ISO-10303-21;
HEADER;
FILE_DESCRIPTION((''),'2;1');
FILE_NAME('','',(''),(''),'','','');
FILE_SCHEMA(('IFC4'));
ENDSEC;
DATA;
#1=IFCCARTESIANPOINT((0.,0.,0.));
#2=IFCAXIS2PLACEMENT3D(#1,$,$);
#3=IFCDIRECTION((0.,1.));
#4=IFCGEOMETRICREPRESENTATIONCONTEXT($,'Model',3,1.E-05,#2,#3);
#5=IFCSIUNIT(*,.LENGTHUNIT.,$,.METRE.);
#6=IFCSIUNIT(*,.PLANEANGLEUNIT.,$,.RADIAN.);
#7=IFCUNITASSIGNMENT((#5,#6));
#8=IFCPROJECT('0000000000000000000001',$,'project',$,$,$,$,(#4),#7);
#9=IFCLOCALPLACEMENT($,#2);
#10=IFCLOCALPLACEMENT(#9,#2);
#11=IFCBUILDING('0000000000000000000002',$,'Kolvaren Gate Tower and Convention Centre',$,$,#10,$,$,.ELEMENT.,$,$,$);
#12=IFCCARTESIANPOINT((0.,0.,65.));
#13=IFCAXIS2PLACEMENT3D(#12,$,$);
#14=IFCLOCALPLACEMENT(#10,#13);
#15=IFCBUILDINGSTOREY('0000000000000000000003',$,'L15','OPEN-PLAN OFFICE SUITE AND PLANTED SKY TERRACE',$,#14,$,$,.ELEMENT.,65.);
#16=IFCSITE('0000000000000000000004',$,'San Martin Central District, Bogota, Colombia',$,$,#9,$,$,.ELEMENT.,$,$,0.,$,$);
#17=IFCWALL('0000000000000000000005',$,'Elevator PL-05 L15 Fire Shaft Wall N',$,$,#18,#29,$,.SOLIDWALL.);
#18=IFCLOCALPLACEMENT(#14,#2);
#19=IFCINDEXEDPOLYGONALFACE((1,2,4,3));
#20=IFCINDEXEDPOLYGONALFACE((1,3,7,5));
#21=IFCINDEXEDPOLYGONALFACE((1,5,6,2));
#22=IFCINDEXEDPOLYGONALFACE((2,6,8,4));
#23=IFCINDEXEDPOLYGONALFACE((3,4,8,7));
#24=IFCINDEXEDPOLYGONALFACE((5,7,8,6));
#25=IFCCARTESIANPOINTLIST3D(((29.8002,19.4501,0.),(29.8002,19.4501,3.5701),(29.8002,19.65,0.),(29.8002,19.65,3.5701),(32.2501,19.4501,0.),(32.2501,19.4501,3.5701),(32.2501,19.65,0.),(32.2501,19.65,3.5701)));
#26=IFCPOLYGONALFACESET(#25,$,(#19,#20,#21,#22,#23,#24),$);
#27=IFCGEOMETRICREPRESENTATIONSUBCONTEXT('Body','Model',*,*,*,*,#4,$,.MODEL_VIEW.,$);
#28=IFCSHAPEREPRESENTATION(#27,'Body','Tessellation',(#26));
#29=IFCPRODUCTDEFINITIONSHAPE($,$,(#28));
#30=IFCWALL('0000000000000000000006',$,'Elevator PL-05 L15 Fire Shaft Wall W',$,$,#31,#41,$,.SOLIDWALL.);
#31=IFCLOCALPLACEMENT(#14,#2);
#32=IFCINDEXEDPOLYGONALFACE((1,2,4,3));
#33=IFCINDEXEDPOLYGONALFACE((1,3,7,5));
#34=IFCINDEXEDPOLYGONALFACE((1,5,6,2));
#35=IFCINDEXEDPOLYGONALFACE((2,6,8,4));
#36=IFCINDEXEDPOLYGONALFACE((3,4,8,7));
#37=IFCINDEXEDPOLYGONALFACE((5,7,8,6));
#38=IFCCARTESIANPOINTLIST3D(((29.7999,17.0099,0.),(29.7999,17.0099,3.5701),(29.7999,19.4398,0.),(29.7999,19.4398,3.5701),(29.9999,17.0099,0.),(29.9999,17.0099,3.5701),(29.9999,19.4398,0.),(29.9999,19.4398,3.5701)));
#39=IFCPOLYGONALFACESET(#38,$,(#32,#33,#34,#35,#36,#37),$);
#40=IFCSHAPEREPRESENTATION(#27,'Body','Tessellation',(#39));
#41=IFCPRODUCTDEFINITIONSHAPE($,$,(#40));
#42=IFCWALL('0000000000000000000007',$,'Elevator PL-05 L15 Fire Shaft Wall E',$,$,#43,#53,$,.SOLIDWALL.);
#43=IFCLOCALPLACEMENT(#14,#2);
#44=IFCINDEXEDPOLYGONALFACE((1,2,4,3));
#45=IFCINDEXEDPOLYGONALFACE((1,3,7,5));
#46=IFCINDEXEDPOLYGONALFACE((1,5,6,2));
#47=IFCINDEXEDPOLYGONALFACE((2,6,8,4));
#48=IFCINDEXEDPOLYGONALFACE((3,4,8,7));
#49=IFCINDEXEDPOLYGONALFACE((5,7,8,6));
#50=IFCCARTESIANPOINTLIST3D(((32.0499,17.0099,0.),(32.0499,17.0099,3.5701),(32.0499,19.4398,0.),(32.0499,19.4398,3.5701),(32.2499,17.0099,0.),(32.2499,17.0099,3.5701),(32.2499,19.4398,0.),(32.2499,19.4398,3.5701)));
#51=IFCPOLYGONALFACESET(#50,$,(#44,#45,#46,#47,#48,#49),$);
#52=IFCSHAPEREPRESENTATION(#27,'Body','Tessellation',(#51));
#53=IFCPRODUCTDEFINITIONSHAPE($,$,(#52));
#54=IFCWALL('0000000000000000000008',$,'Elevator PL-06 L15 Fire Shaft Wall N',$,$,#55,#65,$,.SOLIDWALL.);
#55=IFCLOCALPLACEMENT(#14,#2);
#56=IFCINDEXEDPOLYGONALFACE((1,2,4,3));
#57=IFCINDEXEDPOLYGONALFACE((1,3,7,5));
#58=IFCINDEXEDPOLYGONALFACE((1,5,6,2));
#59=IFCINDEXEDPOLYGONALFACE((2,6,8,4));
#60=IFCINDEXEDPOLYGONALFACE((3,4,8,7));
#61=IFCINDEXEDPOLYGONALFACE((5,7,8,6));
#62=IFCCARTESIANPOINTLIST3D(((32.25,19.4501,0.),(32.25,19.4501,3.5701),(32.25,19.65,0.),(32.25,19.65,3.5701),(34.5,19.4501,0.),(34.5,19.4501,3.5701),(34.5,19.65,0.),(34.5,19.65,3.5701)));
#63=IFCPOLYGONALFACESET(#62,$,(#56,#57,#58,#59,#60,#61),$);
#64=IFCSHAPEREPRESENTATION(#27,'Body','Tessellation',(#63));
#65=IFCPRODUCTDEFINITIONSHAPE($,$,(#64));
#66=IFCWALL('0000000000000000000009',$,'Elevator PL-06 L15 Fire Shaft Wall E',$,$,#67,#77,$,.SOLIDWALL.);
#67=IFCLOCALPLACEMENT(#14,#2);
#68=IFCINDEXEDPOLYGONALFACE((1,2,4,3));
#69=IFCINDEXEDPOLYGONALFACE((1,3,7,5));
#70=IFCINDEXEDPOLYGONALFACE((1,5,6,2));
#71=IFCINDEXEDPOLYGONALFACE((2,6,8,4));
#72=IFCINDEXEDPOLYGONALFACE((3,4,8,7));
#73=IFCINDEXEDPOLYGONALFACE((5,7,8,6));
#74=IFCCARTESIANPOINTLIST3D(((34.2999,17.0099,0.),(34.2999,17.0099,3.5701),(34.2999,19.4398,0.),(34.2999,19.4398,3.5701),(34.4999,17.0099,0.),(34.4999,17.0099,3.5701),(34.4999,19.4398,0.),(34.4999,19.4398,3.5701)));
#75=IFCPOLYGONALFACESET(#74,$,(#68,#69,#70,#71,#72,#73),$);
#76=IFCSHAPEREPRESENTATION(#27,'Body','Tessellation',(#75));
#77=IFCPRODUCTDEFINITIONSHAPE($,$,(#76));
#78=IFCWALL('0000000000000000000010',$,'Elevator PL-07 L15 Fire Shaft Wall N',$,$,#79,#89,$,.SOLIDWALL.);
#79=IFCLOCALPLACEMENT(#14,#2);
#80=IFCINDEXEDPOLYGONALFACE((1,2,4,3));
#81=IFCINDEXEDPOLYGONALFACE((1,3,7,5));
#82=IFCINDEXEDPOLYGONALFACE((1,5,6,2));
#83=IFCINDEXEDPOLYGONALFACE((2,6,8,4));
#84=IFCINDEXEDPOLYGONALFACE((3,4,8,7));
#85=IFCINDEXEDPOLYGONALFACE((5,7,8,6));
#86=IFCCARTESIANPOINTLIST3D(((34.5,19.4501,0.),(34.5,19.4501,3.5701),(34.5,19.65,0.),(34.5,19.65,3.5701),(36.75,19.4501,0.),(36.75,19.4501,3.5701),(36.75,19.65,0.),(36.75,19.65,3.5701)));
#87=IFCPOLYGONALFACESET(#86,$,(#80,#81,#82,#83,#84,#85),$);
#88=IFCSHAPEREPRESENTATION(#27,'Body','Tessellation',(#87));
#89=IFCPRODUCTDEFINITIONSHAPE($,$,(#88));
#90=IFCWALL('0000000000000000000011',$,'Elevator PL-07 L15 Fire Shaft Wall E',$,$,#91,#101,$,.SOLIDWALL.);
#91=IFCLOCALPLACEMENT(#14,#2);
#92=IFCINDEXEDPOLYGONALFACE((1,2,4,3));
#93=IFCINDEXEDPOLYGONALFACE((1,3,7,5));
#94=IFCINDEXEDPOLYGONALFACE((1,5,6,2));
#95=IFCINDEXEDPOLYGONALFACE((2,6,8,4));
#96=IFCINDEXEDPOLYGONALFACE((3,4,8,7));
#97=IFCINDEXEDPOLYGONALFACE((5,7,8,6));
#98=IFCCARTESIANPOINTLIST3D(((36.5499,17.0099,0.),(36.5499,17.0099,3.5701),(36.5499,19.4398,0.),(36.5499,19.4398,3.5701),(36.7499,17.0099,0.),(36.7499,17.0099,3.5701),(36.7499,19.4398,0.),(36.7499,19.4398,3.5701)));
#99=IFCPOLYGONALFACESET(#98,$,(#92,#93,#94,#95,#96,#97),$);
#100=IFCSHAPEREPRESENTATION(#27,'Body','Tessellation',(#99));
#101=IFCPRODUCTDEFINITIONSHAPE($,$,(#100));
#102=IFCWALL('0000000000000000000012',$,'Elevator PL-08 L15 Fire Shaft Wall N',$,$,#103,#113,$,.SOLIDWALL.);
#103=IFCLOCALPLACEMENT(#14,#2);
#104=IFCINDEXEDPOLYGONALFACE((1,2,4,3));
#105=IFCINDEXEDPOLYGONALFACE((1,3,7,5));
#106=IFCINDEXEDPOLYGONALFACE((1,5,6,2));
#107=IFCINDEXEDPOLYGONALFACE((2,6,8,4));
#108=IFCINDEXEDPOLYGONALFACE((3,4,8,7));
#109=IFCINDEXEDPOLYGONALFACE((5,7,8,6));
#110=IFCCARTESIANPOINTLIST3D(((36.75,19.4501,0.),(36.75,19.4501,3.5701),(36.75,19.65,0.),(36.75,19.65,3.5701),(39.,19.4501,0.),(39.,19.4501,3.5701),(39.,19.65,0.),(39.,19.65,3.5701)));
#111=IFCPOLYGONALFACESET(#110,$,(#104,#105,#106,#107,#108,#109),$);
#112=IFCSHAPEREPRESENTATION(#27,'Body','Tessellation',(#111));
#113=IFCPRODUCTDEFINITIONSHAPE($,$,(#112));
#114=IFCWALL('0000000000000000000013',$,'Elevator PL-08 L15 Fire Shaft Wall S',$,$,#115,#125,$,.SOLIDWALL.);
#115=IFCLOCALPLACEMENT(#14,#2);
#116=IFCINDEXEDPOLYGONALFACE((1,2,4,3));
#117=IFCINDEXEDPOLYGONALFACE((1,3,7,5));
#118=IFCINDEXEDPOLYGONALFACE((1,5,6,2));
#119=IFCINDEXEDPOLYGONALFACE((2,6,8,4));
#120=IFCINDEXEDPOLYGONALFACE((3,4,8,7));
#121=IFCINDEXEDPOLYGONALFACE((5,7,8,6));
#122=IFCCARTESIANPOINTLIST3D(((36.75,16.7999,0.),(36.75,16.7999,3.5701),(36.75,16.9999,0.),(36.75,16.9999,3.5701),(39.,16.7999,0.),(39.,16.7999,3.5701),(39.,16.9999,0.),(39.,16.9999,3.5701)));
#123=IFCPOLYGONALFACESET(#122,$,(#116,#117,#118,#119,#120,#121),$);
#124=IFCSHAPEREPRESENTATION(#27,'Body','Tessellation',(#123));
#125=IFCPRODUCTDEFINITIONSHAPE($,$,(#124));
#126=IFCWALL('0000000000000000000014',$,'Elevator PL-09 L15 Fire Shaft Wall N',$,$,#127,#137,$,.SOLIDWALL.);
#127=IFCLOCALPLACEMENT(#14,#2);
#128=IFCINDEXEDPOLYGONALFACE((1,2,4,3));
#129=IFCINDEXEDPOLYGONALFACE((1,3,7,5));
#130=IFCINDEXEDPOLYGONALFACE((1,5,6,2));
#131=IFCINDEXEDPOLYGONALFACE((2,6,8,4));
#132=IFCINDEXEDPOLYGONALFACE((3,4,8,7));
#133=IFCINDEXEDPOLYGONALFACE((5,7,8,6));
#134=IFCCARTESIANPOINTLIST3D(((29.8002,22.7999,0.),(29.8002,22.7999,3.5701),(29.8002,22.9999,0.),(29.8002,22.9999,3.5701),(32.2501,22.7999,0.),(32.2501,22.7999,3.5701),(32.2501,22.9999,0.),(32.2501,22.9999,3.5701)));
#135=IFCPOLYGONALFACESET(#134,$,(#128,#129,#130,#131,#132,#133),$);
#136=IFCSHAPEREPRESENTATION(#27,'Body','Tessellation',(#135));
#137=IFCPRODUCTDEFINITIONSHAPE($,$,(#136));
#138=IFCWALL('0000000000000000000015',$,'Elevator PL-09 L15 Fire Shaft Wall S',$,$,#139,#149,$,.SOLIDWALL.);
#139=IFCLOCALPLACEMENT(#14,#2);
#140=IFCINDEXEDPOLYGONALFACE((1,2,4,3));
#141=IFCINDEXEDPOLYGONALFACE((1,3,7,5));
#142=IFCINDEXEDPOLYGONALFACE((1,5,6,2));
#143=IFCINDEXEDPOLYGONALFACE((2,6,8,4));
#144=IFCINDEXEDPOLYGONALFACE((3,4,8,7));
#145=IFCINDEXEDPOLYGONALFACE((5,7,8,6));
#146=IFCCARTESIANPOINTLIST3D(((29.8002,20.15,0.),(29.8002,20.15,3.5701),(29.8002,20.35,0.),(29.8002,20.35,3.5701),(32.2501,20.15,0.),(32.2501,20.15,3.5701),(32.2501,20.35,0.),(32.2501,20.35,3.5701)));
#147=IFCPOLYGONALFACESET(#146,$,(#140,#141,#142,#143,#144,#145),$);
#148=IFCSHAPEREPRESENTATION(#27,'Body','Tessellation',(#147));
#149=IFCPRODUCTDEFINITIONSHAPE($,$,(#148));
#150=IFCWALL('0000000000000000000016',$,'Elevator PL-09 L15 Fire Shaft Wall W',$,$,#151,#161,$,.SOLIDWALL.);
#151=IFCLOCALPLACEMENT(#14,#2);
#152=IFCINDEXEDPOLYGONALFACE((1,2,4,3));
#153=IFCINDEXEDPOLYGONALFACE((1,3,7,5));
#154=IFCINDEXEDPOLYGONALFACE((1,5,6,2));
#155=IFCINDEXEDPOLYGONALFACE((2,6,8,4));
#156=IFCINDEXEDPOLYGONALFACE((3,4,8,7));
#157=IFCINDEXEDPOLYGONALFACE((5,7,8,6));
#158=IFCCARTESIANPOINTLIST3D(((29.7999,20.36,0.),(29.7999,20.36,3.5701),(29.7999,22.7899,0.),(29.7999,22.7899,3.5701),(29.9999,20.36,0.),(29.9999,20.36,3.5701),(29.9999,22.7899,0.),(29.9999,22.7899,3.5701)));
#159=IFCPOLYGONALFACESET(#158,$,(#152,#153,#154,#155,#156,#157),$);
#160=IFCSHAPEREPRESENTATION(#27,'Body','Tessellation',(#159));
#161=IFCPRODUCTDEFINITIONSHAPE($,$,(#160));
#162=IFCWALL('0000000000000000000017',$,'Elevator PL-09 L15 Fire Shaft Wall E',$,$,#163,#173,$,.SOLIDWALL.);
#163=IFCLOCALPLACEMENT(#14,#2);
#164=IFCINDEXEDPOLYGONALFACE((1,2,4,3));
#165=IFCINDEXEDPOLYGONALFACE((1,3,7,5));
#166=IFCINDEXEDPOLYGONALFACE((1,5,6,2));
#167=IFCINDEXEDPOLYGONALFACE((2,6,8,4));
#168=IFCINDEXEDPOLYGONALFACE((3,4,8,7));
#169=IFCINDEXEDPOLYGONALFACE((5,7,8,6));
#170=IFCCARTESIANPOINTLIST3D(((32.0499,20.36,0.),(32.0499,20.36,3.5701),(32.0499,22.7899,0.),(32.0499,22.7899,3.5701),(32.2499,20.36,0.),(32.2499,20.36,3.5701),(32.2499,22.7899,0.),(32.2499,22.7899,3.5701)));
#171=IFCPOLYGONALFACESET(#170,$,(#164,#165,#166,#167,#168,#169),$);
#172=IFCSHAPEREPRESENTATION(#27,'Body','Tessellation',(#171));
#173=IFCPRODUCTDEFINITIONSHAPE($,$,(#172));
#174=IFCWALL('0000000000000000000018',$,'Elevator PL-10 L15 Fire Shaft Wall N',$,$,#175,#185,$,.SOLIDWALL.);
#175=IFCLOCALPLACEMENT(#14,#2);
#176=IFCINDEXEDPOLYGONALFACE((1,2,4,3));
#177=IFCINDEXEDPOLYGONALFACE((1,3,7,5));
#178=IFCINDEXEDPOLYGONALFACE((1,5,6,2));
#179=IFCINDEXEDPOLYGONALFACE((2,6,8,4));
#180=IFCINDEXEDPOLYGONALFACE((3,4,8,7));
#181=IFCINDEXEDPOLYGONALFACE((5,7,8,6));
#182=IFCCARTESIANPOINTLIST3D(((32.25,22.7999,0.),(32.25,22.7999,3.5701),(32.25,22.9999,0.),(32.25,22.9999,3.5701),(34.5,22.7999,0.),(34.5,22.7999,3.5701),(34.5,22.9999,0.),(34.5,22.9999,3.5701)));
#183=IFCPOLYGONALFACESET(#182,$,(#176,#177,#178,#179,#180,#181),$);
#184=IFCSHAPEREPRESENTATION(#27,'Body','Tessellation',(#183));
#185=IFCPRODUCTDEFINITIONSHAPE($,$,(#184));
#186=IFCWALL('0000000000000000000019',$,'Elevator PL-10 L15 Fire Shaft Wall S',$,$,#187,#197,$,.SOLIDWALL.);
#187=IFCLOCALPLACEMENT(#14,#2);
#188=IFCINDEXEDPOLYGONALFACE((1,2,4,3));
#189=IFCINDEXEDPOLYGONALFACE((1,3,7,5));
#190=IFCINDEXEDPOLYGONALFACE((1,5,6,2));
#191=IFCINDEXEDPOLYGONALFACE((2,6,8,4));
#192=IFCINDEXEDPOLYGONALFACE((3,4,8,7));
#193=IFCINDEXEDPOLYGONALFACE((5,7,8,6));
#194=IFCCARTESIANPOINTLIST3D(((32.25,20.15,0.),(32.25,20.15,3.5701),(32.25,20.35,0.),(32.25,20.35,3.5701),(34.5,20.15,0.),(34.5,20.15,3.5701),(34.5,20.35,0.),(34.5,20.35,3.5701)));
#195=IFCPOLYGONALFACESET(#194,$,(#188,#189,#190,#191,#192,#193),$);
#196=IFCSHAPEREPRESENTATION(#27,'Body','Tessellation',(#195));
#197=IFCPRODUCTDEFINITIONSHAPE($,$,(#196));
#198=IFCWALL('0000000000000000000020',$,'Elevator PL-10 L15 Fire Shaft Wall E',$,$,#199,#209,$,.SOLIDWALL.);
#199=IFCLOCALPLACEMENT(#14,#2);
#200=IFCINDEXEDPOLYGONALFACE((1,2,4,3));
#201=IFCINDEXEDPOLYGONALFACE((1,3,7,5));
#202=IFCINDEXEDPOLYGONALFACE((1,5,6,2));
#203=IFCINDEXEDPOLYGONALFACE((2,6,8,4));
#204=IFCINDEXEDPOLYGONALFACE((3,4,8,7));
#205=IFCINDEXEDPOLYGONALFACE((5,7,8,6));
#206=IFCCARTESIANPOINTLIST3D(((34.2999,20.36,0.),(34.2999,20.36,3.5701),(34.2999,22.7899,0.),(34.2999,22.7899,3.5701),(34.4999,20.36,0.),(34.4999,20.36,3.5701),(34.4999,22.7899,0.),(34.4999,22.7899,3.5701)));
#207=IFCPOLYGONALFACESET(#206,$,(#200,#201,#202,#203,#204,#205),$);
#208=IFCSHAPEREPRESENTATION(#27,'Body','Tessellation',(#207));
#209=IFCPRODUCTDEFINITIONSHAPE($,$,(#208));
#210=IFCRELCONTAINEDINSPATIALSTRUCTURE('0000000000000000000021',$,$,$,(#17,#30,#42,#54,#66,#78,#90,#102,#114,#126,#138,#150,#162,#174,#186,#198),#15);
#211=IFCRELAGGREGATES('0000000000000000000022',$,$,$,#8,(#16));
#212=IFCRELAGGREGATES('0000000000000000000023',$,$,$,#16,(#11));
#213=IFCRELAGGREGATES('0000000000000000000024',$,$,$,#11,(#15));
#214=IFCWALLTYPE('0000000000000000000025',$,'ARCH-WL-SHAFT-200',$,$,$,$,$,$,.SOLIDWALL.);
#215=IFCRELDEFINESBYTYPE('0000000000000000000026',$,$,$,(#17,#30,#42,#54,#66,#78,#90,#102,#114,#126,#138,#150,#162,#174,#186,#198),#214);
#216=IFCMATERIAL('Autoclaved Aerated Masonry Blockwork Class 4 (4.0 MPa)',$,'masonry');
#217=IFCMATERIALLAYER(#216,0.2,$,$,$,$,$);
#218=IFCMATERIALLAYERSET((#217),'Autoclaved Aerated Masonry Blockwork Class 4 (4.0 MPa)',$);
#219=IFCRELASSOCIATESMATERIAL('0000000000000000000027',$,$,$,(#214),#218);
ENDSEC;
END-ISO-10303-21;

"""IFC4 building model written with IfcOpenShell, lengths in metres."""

from ifc_helpers import new_model, si_unit, direction, frame, frame_2d, origin, place, context, subcontext, project, spatial, rectangle, extrude, material, layer, layer_set, type_object, element, save


model = new_model("IFC4")

# Units and contexts
model_context = context("Model", 3, precision=1e-05, world=origin(), true_north=direction((0.0, 1.0)))
body_context = subcontext(model_context, "Body", "Model", "MODEL_VIEW")
ifc_project = project(units=[si_unit("LENGTHUNIT", "METRE"), si_unit("PLANEANGLEUNIT", "RADIAN")], contexts=[model_context])

# Site, building, storey
site_placement = place(None, origin())
site = spatial("IfcSite", under=ifc_project, at=site_placement, Name="San Martin Central District, Bogota, Colombia", CompositionType="ELEMENT", RefElevation=0.0)
building_placement = place(site_placement, origin())
building = spatial("IfcBuilding", under=site, at=building_placement, Name="Kolvaren Gate Tower and Convention Centre", CompositionType="ELEMENT")
storey_placement = place(building_placement, frame((0.0, 0.0, 65.0)))
storey = spatial("IfcBuildingStorey", under=building, at=storey_placement, Name="L15", Description="OPEN-PLAN OFFICE SUITE AND PLANTED SKY TERRACE", CompositionType="ELEMENT", Elevation=65.0)

# Walls
ifc_material = material(Name="Autoclaved Aerated Masonry Blockwork Class 4 (4.0 MPa)", Category="masonry")
ifc_layer = layer(ifc_material, 0.2)
ifc_layer_set = layer_set([ifc_layer], Name="Autoclaved Aerated Masonry Blockwork Class 4 (4.0 MPa)")
wall_type = type_object("IfcWallType", Name="ARCH-WL-SHAFT-200", PredefinedType="SOLIDWALL", material=ifc_layer_set)
wall_1_placement = place(storey_placement, frame((29.8, 19.55, 0.0), z_axis=(0.0, 0.0, 1.0), x_axis=(1.0, 0.0, 0.0)))
element("IfcWall", 1, at=wall_1_placement, inside=storey, type_object=wall_type, Name="Elevator PL-05 L15 Fire Shaft Wall N", PredefinedType="SOLIDWALL", context=body_context, shape_type="SweptSolid", body=[
    extrude(rectangle(XDim=2.45, YDim=0.2, at=frame_2d((1.2251, 0.0))), origin(), (0.0, 0.0, 1.0), 3.5701),
])
for number, where, z_axis, x_axis, name in (
    (2, (29.8999, 17.01, 0.0), (0.0, 0.0, 1.0), (0.0, 1.0, 0.0), "Elevator PL-05 L15 Fire Shaft Wall W"),
    (3, (32.1499, 17.01, 0.0), (0.0, 0.0, 1.0), (0.0, 1.0, 0.0), "Elevator PL-05 L15 Fire Shaft Wall E"),
):
    element("IfcWall", number, at=place(storey_placement, frame(where, z_axis=z_axis, x_axis=x_axis)), inside=storey, type_object=wall_type, Name=name, PredefinedType="SOLIDWALL", context=body_context, shape_type="SweptSolid", body=[
        extrude(rectangle(XDim=2.4299, YDim=0.2, at=frame_2d((1.2148, 0.0))), origin(), (0.0, 0.0, 1.0), 3.5701),
    ])
wall_2_placement = place(storey_placement, frame((32.25, 19.55, 0.0), z_axis=(0.0, 0.0, 1.0), x_axis=(1.0, 0.0, 0.0)))
element("IfcWall", 4, at=wall_2_placement, inside=storey, type_object=wall_type, Name="Elevator PL-06 L15 Fire Shaft Wall N", PredefinedType="SOLIDWALL", context=body_context, shape_type="SweptSolid", body=[
    extrude(rectangle(XDim=2.25, YDim=0.2, at=frame_2d((1.125, 0.0))), origin(), (0.0, 0.0, 1.0), 3.5701),
])
wall_3_placement = place(storey_placement, frame((34.3999, 17.01, 0.0), z_axis=(0.0, 0.0, 1.0), x_axis=(0.0, 1.0, 0.0)))
element("IfcWall", 5, at=wall_3_placement, inside=storey, type_object=wall_type, Name="Elevator PL-06 L15 Fire Shaft Wall E", PredefinedType="SOLIDWALL", context=body_context, shape_type="SweptSolid", body=[
    extrude(rectangle(XDim=2.4299, YDim=0.2, at=frame_2d((1.2148, 0.0))), origin(), (0.0, 0.0, 1.0), 3.5701),
])
wall_4_placement = place(storey_placement, frame((34.5, 19.55, 0.0), z_axis=(0.0, 0.0, 1.0), x_axis=(1.0, 0.0, 0.0)))
element("IfcWall", 6, at=wall_4_placement, inside=storey, type_object=wall_type, Name="Elevator PL-07 L15 Fire Shaft Wall N", PredefinedType="SOLIDWALL", context=body_context, shape_type="SweptSolid", body=[
    extrude(rectangle(XDim=2.25, YDim=0.2, at=frame_2d((1.125, 0.0))), origin(), (0.0, 0.0, 1.0), 3.5701),
])
wall_5_placement = place(storey_placement, frame((36.6499, 17.01, 0.0), z_axis=(0.0, 0.0, 1.0), x_axis=(0.0, 1.0, 0.0)))
element("IfcWall", 7, at=wall_5_placement, inside=storey, type_object=wall_type, Name="Elevator PL-07 L15 Fire Shaft Wall E", PredefinedType="SOLIDWALL", context=body_context, shape_type="SweptSolid", body=[
    extrude(rectangle(XDim=2.4299, YDim=0.2, at=frame_2d((1.2148, 0.0))), origin(), (0.0, 0.0, 1.0), 3.5701),
])
for number, where, z_axis, x_axis, name in (
    (8, (36.75, 19.55, 0.0), (0.0, 0.0, 1.0), (1.0, 0.0, 0.0), "Elevator PL-08 L15 Fire Shaft Wall N"),
    (9, (36.75, 16.8999, 0.0), (0.0, 0.0, 1.0), (1.0, 0.0, 0.0), "Elevator PL-08 L15 Fire Shaft Wall S"),
):
    element("IfcWall", number, at=place(storey_placement, frame(where, z_axis=z_axis, x_axis=x_axis)), inside=storey, type_object=wall_type, Name=name, PredefinedType="SOLIDWALL", context=body_context, shape_type="SweptSolid", body=[
        extrude(rectangle(XDim=2.25, YDim=0.2, at=frame_2d((1.125, 0.0))), origin(), (0.0, 0.0, 1.0), 3.5701),
    ])
for number, where, z_axis, x_axis, name in (
    (10, (29.8, 22.8999, 0.0), (0.0, 0.0, 1.0), (1.0, 0.0, 0.0), "Elevator PL-09 L15 Fire Shaft Wall N"),
    (11, (29.8, 20.25, 0.0), (0.0, 0.0, 1.0), (1.0, 0.0, 0.0), "Elevator PL-09 L15 Fire Shaft Wall S"),
):
    element("IfcWall", number, at=place(storey_placement, frame(where, z_axis=z_axis, x_axis=x_axis)), inside=storey, type_object=wall_type, Name=name, PredefinedType="SOLIDWALL", context=body_context, shape_type="SweptSolid", body=[
        extrude(rectangle(XDim=2.45, YDim=0.2, at=frame_2d((1.2251, 0.0))), origin(), (0.0, 0.0, 1.0), 3.5701),
    ])
for number, where, z_axis, x_axis, name in (
    (12, (29.8999, 20.3601, 0.0), (0.0, 0.0, 1.0), (0.0, 1.0, 0.0), "Elevator PL-09 L15 Fire Shaft Wall W"),
    (13, (32.1499, 20.3601, 0.0), (0.0, 0.0, 1.0), (0.0, 1.0, 0.0), "Elevator PL-09 L15 Fire Shaft Wall E"),
):
    element("IfcWall", number, at=place(storey_placement, frame(where, z_axis=z_axis, x_axis=x_axis)), inside=storey, type_object=wall_type, Name=name, PredefinedType="SOLIDWALL", context=body_context, shape_type="SweptSolid", body=[
        extrude(rectangle(XDim=2.4299, YDim=0.2, at=frame_2d((1.2148, 0.0))), origin(), (0.0, 0.0, 1.0), 3.5701),
    ])
for number, where, z_axis, x_axis, name in (
    (14, (32.25, 22.8999, 0.0), (0.0, 0.0, 1.0), (1.0, 0.0, 0.0), "Elevator PL-10 L15 Fire Shaft Wall N"),
    (15, (32.25, 20.25, 0.0), (0.0, 0.0, 1.0), (1.0, 0.0, 0.0), "Elevator PL-10 L15 Fire Shaft Wall S"),
):
    element("IfcWall", number, at=place(storey_placement, frame(where, z_axis=z_axis, x_axis=x_axis)), inside=storey, type_object=wall_type, Name=name, PredefinedType="SOLIDWALL", context=body_context, shape_type="SweptSolid", body=[
        extrude(rectangle(XDim=2.25, YDim=0.2, at=frame_2d((1.125, 0.0))), origin(), (0.0, 0.0, 1.0), 3.5701),
    ])
wall_6_placement = place(storey_placement, frame((34.3999, 20.3601, 0.0), z_axis=(0.0, 0.0, 1.0), x_axis=(0.0, 1.0, 0.0)))
element("IfcWall", 16, at=wall_6_placement, inside=storey, type_object=wall_type, Name="Elevator PL-10 L15 Fire Shaft Wall E", PredefinedType="SOLIDWALL", context=body_context, shape_type="SweptSolid", body=[
    extrude(rectangle(XDim=2.4299, YDim=0.2, at=frame_2d((1.2148, 0.0))), origin(), (0.0, 0.0, 1.0), 3.5701),
])

save(model, "model.ifc")
